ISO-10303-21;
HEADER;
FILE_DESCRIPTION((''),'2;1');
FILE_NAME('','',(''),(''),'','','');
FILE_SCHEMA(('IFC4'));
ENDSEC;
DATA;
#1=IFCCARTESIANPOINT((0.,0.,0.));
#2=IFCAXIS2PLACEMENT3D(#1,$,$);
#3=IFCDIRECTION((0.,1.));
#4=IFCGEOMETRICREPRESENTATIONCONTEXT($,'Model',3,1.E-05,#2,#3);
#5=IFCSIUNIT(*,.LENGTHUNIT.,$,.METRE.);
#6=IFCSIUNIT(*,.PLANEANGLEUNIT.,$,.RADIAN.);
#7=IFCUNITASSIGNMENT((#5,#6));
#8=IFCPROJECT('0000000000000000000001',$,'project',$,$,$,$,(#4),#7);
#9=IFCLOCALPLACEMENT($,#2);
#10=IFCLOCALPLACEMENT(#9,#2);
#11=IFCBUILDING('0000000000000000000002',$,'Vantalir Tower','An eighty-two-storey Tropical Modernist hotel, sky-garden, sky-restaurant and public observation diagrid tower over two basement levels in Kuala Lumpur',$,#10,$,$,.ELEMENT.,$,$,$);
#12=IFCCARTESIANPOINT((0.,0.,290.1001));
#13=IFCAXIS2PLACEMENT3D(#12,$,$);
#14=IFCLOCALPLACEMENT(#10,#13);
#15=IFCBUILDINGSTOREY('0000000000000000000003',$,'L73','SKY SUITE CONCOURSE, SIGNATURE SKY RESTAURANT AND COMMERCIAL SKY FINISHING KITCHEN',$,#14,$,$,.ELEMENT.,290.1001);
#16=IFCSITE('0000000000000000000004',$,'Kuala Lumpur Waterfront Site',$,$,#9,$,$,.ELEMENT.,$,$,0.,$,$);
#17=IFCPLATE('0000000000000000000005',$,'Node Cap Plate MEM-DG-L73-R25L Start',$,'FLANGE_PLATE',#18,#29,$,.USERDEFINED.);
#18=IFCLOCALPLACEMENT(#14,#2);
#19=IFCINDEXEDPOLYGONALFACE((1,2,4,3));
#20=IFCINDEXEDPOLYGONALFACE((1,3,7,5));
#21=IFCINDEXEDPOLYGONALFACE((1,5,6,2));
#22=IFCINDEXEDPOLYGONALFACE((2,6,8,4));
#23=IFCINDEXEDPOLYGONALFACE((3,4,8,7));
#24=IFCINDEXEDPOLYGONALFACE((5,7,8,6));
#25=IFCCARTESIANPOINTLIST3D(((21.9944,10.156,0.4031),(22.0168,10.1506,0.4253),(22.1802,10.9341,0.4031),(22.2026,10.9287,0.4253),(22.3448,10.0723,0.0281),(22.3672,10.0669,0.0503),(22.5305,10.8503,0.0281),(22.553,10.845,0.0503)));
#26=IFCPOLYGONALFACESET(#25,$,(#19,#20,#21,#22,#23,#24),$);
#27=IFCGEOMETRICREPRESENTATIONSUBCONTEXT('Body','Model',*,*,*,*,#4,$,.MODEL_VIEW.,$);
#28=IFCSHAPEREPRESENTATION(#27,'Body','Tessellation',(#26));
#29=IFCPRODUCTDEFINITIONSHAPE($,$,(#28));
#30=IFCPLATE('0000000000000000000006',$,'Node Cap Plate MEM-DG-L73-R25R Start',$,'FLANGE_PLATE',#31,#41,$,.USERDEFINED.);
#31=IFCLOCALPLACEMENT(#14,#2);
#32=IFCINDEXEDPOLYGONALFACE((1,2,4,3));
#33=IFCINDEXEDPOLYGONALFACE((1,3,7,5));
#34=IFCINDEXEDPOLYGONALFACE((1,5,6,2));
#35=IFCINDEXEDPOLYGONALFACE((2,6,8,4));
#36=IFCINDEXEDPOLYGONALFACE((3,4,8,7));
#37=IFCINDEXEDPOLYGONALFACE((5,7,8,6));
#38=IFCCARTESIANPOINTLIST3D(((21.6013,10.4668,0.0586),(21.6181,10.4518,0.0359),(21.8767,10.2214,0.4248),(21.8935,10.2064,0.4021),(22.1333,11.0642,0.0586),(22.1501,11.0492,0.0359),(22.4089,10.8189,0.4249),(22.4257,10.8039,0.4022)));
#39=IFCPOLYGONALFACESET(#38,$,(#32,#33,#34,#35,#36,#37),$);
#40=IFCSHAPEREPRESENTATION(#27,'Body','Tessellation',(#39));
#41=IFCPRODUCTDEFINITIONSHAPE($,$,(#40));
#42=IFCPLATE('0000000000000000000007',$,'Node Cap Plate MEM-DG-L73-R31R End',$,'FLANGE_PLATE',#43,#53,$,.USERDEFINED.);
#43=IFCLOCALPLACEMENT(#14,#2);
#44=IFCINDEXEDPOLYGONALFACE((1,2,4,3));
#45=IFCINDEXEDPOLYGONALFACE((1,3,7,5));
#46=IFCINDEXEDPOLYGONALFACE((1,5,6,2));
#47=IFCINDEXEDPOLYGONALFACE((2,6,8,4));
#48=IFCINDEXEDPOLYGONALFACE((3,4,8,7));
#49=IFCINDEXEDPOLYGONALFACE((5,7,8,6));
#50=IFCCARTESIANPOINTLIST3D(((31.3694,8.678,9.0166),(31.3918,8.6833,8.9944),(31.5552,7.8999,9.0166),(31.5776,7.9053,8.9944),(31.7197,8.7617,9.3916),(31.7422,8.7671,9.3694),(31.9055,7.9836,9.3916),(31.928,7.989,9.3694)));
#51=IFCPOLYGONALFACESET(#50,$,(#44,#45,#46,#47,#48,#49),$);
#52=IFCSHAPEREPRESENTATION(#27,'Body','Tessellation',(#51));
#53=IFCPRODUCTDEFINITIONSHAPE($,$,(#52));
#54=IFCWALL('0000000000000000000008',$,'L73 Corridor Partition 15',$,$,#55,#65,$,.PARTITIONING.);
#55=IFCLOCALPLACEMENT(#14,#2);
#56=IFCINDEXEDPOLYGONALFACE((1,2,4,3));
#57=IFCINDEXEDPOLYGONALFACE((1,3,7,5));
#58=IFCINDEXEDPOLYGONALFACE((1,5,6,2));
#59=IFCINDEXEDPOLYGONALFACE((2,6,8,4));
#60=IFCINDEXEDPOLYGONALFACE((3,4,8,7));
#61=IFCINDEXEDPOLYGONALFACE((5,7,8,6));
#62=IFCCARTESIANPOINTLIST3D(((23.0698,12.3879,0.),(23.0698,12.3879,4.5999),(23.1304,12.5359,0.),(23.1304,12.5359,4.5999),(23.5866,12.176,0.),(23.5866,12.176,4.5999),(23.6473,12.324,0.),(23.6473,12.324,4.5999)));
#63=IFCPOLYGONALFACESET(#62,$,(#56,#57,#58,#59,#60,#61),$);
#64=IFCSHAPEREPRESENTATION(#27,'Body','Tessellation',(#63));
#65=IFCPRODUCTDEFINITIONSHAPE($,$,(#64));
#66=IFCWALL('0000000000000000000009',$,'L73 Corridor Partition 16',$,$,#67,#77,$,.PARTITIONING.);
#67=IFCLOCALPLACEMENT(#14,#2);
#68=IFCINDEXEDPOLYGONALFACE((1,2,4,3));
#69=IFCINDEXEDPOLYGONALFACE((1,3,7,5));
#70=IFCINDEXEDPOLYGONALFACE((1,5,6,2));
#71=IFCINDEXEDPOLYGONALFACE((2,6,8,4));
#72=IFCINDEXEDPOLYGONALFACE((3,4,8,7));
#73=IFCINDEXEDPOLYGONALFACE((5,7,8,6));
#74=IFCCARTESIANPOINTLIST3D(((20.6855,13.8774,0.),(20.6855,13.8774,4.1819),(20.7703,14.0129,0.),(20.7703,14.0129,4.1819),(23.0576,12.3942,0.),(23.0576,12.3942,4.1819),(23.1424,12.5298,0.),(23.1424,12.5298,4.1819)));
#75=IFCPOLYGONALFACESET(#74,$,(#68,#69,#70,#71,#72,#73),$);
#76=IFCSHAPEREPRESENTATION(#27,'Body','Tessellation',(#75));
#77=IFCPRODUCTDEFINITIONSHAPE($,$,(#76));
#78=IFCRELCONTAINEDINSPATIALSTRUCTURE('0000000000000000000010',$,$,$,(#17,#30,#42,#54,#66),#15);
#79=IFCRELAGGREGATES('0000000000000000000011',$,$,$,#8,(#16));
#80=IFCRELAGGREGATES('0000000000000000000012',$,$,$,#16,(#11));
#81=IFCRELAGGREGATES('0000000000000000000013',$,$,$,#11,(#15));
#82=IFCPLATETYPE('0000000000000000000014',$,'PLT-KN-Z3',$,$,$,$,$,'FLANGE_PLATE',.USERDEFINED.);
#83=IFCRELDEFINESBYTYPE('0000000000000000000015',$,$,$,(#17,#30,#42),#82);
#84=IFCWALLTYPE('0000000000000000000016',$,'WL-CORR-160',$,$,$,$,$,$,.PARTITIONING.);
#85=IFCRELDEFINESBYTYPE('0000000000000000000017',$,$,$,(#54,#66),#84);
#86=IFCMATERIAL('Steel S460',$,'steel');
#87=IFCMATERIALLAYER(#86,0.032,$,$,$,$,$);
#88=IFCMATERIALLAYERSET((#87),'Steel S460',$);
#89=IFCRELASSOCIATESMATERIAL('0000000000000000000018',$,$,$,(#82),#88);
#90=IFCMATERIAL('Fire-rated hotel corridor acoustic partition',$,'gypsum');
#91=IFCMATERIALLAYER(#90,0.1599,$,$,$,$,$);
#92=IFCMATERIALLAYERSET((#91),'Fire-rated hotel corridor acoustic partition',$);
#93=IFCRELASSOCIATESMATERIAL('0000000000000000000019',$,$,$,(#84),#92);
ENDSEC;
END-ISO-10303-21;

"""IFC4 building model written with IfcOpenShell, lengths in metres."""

from ifc_helpers import new_model, si_unit, direction, frame, frame_2d, origin, place, context, subcontext, project, spatial, polyline, rectangle, outline, extrude, material, layer, layer_set, type_object, element, save


model = new_model("IFC4")

# Units and contexts
model_context = context("Model", 3, precision=1e-05, world=origin(), true_north=direction((0.0, 1.0)))
body_context = subcontext(model_context, "Body", "Model", "MODEL_VIEW")
ifc_project = project(units=[si_unit("LENGTHUNIT", "METRE"), si_unit("PLANEANGLEUNIT", "RADIAN")], contexts=[model_context])

# Site, building, storey
site_placement = place(None, origin())
site = spatial("IfcSite", under=ifc_project, at=site_placement, Name="Kuala Lumpur Waterfront Site", CompositionType="ELEMENT", RefElevation=0.0)
building_placement = place(site_placement, origin())
building = spatial("IfcBuilding", under=site, at=building_placement, Name="Vantalir Tower", Description="An eighty-two-storey Tropical Modernist hotel, sky-garden, sky-restaurant and public observation diagrid tower over two basement levels in Kuala Lumpur", CompositionType="ELEMENT")
storey_placement = place(building_placement, frame((0.0, 0.0, 290.1001)))
storey = spatial("IfcBuildingStorey", under=building, at=storey_placement, Name="L73", Description="SKY SUITE CONCOURSE, SIGNATURE SKY RESTAURANT AND COMMERCIAL SKY FINISHING KITCHEN", CompositionType="ELEMENT", Elevation=290.1001)

# Shared definitions
ifc_material_1 = material(Name="Steel S460", Category="steel")

# Plates
ifc_layer_1 = layer(ifc_material_1, 0.032)
ifc_layer_set_1 = layer_set([ifc_layer_1], Name="Steel S460")
plate_type_1 = type_object("IfcPlateType", Name="PLT-KN-Z3", ElementType="FLANGE_PLATE", PredefinedType="USERDEFINED", material=ifc_layer_set_1)
plate_1_placement = place(storey_placement, frame((22.3672, 10.0669, 0.0503), z_axis=(0.701464, -0.167497, 0.692743), x_axis=(0.232253, 0.972655, 0.0)))
element("IfcPlate", 1, at=plate_1_placement, inside=storey, type_object=plate_type_1, Name="Node Cap Plate MEM-DG-L73-R25L Start", ObjectType="FLANGE_PLATE", PredefinedType="USERDEFINED", context=body_context, shape_type="SweptSolid", body=[
    extrude(outline(polyline([(0.0, 0.0), (0.8, 0.0), (0.8, 0.52), (0.0001, 0.52), (0.0, 0.0)])), origin(), (0.0, 0.0, -1.0), 0.032),
])
plate_2_placement = place(storey_placement, frame((22.1333, 11.0642, 0.0586), z_axis=(-0.526071, 0.468562, 0.709717), x_axis=(-0.665069, -0.746782, 0.000057)))
element("IfcPlate", 2, at=plate_2_placement, inside=storey, type_object=plate_type_1, Name="Node Cap Plate MEM-DG-L73-R25R Start", ObjectType="FLANGE_PLATE", PredefinedType="USERDEFINED", context=body_context, shape_type="SweptSolid", body=[
    extrude(outline(polyline([(0.0, 0.0), (0.7999, 0.0), (0.8, 0.5198), (-0.0001, 0.5199), (0.0, 0.0)])), origin(), (0.0, 0.0, -1.0), 0.032),
])
plate_3_placement = place(storey_placement, frame((31.3694, 8.678, 9.0166), z_axis=(-0.701464, -0.167497, 0.692743), x_axis=(0.232253, -0.972655, 0.0)))
element("IfcPlate", 3, at=plate_3_placement, inside=storey, type_object=plate_type_1, Name="Node Cap Plate MEM-DG-L73-R31R End", ObjectType="FLANGE_PLATE", PredefinedType="USERDEFINED", context=body_context, shape_type="SweptSolid", body=[
    extrude(outline(polyline([(0.0, 0.0), (0.8, 0.0), (0.7999, 0.52), (-0.0001, 0.52), (0.0, 0.0)])), origin(), (0.0, 0.0, -1.0), 0.032),
])

# Walls
ifc_material_2 = material(Name="Fire-rated hotel corridor acoustic partition", Category="gypsum")
ifc_layer_2 = layer(ifc_material_2, 0.1599)
ifc_layer_set_2 = layer_set([ifc_layer_2], Name="Fire-rated hotel corridor acoustic partition")
wall_type = type_object("IfcWallType", Name="WL-CORR-160", PredefinedType="PARTITIONING", material=ifc_layer_set_2)
wall_1_placement = place(storey_placement, frame((23.6169, 12.25, 0.0), z_axis=(0.0, 0.0, 1.0), x_axis=(-0.925247, 0.379365, 0.0)))
element("IfcWall", 4, at=wall_1_placement, inside=storey, type_object=wall_type, Name="L73 Corridor Partition 15", PredefinedType="PARTITIONING", context=body_context, shape_type="SweptSolid", body=[
    extrude(rectangle(XDim=0.5586, YDim=0.1599, at=frame_2d((0.2793, 0.0))), origin(), (0.0, 0.0, 1.0), 4.5999),
])
wall_2_placement = place(storey_placement, frame((23.1001, 12.4619, 0.0), z_axis=(0.0, 0.0, 1.0), x_axis=(-0.8479, 0.530156, 0.0)))
element("IfcWall", 5, at=wall_2_placement, inside=storey, type_object=wall_type, Name="L73 Corridor Partition 16", PredefinedType="PARTITIONING", context=body_context, shape_type="SweptSolid", body=[
    extrude(rectangle(XDim=2.7976, YDim=0.1599, at=frame_2d((1.3989, 0.0))), origin(), (0.0, 0.0, 1.0), 4.1819),
])

save(model, "model.ifc")
